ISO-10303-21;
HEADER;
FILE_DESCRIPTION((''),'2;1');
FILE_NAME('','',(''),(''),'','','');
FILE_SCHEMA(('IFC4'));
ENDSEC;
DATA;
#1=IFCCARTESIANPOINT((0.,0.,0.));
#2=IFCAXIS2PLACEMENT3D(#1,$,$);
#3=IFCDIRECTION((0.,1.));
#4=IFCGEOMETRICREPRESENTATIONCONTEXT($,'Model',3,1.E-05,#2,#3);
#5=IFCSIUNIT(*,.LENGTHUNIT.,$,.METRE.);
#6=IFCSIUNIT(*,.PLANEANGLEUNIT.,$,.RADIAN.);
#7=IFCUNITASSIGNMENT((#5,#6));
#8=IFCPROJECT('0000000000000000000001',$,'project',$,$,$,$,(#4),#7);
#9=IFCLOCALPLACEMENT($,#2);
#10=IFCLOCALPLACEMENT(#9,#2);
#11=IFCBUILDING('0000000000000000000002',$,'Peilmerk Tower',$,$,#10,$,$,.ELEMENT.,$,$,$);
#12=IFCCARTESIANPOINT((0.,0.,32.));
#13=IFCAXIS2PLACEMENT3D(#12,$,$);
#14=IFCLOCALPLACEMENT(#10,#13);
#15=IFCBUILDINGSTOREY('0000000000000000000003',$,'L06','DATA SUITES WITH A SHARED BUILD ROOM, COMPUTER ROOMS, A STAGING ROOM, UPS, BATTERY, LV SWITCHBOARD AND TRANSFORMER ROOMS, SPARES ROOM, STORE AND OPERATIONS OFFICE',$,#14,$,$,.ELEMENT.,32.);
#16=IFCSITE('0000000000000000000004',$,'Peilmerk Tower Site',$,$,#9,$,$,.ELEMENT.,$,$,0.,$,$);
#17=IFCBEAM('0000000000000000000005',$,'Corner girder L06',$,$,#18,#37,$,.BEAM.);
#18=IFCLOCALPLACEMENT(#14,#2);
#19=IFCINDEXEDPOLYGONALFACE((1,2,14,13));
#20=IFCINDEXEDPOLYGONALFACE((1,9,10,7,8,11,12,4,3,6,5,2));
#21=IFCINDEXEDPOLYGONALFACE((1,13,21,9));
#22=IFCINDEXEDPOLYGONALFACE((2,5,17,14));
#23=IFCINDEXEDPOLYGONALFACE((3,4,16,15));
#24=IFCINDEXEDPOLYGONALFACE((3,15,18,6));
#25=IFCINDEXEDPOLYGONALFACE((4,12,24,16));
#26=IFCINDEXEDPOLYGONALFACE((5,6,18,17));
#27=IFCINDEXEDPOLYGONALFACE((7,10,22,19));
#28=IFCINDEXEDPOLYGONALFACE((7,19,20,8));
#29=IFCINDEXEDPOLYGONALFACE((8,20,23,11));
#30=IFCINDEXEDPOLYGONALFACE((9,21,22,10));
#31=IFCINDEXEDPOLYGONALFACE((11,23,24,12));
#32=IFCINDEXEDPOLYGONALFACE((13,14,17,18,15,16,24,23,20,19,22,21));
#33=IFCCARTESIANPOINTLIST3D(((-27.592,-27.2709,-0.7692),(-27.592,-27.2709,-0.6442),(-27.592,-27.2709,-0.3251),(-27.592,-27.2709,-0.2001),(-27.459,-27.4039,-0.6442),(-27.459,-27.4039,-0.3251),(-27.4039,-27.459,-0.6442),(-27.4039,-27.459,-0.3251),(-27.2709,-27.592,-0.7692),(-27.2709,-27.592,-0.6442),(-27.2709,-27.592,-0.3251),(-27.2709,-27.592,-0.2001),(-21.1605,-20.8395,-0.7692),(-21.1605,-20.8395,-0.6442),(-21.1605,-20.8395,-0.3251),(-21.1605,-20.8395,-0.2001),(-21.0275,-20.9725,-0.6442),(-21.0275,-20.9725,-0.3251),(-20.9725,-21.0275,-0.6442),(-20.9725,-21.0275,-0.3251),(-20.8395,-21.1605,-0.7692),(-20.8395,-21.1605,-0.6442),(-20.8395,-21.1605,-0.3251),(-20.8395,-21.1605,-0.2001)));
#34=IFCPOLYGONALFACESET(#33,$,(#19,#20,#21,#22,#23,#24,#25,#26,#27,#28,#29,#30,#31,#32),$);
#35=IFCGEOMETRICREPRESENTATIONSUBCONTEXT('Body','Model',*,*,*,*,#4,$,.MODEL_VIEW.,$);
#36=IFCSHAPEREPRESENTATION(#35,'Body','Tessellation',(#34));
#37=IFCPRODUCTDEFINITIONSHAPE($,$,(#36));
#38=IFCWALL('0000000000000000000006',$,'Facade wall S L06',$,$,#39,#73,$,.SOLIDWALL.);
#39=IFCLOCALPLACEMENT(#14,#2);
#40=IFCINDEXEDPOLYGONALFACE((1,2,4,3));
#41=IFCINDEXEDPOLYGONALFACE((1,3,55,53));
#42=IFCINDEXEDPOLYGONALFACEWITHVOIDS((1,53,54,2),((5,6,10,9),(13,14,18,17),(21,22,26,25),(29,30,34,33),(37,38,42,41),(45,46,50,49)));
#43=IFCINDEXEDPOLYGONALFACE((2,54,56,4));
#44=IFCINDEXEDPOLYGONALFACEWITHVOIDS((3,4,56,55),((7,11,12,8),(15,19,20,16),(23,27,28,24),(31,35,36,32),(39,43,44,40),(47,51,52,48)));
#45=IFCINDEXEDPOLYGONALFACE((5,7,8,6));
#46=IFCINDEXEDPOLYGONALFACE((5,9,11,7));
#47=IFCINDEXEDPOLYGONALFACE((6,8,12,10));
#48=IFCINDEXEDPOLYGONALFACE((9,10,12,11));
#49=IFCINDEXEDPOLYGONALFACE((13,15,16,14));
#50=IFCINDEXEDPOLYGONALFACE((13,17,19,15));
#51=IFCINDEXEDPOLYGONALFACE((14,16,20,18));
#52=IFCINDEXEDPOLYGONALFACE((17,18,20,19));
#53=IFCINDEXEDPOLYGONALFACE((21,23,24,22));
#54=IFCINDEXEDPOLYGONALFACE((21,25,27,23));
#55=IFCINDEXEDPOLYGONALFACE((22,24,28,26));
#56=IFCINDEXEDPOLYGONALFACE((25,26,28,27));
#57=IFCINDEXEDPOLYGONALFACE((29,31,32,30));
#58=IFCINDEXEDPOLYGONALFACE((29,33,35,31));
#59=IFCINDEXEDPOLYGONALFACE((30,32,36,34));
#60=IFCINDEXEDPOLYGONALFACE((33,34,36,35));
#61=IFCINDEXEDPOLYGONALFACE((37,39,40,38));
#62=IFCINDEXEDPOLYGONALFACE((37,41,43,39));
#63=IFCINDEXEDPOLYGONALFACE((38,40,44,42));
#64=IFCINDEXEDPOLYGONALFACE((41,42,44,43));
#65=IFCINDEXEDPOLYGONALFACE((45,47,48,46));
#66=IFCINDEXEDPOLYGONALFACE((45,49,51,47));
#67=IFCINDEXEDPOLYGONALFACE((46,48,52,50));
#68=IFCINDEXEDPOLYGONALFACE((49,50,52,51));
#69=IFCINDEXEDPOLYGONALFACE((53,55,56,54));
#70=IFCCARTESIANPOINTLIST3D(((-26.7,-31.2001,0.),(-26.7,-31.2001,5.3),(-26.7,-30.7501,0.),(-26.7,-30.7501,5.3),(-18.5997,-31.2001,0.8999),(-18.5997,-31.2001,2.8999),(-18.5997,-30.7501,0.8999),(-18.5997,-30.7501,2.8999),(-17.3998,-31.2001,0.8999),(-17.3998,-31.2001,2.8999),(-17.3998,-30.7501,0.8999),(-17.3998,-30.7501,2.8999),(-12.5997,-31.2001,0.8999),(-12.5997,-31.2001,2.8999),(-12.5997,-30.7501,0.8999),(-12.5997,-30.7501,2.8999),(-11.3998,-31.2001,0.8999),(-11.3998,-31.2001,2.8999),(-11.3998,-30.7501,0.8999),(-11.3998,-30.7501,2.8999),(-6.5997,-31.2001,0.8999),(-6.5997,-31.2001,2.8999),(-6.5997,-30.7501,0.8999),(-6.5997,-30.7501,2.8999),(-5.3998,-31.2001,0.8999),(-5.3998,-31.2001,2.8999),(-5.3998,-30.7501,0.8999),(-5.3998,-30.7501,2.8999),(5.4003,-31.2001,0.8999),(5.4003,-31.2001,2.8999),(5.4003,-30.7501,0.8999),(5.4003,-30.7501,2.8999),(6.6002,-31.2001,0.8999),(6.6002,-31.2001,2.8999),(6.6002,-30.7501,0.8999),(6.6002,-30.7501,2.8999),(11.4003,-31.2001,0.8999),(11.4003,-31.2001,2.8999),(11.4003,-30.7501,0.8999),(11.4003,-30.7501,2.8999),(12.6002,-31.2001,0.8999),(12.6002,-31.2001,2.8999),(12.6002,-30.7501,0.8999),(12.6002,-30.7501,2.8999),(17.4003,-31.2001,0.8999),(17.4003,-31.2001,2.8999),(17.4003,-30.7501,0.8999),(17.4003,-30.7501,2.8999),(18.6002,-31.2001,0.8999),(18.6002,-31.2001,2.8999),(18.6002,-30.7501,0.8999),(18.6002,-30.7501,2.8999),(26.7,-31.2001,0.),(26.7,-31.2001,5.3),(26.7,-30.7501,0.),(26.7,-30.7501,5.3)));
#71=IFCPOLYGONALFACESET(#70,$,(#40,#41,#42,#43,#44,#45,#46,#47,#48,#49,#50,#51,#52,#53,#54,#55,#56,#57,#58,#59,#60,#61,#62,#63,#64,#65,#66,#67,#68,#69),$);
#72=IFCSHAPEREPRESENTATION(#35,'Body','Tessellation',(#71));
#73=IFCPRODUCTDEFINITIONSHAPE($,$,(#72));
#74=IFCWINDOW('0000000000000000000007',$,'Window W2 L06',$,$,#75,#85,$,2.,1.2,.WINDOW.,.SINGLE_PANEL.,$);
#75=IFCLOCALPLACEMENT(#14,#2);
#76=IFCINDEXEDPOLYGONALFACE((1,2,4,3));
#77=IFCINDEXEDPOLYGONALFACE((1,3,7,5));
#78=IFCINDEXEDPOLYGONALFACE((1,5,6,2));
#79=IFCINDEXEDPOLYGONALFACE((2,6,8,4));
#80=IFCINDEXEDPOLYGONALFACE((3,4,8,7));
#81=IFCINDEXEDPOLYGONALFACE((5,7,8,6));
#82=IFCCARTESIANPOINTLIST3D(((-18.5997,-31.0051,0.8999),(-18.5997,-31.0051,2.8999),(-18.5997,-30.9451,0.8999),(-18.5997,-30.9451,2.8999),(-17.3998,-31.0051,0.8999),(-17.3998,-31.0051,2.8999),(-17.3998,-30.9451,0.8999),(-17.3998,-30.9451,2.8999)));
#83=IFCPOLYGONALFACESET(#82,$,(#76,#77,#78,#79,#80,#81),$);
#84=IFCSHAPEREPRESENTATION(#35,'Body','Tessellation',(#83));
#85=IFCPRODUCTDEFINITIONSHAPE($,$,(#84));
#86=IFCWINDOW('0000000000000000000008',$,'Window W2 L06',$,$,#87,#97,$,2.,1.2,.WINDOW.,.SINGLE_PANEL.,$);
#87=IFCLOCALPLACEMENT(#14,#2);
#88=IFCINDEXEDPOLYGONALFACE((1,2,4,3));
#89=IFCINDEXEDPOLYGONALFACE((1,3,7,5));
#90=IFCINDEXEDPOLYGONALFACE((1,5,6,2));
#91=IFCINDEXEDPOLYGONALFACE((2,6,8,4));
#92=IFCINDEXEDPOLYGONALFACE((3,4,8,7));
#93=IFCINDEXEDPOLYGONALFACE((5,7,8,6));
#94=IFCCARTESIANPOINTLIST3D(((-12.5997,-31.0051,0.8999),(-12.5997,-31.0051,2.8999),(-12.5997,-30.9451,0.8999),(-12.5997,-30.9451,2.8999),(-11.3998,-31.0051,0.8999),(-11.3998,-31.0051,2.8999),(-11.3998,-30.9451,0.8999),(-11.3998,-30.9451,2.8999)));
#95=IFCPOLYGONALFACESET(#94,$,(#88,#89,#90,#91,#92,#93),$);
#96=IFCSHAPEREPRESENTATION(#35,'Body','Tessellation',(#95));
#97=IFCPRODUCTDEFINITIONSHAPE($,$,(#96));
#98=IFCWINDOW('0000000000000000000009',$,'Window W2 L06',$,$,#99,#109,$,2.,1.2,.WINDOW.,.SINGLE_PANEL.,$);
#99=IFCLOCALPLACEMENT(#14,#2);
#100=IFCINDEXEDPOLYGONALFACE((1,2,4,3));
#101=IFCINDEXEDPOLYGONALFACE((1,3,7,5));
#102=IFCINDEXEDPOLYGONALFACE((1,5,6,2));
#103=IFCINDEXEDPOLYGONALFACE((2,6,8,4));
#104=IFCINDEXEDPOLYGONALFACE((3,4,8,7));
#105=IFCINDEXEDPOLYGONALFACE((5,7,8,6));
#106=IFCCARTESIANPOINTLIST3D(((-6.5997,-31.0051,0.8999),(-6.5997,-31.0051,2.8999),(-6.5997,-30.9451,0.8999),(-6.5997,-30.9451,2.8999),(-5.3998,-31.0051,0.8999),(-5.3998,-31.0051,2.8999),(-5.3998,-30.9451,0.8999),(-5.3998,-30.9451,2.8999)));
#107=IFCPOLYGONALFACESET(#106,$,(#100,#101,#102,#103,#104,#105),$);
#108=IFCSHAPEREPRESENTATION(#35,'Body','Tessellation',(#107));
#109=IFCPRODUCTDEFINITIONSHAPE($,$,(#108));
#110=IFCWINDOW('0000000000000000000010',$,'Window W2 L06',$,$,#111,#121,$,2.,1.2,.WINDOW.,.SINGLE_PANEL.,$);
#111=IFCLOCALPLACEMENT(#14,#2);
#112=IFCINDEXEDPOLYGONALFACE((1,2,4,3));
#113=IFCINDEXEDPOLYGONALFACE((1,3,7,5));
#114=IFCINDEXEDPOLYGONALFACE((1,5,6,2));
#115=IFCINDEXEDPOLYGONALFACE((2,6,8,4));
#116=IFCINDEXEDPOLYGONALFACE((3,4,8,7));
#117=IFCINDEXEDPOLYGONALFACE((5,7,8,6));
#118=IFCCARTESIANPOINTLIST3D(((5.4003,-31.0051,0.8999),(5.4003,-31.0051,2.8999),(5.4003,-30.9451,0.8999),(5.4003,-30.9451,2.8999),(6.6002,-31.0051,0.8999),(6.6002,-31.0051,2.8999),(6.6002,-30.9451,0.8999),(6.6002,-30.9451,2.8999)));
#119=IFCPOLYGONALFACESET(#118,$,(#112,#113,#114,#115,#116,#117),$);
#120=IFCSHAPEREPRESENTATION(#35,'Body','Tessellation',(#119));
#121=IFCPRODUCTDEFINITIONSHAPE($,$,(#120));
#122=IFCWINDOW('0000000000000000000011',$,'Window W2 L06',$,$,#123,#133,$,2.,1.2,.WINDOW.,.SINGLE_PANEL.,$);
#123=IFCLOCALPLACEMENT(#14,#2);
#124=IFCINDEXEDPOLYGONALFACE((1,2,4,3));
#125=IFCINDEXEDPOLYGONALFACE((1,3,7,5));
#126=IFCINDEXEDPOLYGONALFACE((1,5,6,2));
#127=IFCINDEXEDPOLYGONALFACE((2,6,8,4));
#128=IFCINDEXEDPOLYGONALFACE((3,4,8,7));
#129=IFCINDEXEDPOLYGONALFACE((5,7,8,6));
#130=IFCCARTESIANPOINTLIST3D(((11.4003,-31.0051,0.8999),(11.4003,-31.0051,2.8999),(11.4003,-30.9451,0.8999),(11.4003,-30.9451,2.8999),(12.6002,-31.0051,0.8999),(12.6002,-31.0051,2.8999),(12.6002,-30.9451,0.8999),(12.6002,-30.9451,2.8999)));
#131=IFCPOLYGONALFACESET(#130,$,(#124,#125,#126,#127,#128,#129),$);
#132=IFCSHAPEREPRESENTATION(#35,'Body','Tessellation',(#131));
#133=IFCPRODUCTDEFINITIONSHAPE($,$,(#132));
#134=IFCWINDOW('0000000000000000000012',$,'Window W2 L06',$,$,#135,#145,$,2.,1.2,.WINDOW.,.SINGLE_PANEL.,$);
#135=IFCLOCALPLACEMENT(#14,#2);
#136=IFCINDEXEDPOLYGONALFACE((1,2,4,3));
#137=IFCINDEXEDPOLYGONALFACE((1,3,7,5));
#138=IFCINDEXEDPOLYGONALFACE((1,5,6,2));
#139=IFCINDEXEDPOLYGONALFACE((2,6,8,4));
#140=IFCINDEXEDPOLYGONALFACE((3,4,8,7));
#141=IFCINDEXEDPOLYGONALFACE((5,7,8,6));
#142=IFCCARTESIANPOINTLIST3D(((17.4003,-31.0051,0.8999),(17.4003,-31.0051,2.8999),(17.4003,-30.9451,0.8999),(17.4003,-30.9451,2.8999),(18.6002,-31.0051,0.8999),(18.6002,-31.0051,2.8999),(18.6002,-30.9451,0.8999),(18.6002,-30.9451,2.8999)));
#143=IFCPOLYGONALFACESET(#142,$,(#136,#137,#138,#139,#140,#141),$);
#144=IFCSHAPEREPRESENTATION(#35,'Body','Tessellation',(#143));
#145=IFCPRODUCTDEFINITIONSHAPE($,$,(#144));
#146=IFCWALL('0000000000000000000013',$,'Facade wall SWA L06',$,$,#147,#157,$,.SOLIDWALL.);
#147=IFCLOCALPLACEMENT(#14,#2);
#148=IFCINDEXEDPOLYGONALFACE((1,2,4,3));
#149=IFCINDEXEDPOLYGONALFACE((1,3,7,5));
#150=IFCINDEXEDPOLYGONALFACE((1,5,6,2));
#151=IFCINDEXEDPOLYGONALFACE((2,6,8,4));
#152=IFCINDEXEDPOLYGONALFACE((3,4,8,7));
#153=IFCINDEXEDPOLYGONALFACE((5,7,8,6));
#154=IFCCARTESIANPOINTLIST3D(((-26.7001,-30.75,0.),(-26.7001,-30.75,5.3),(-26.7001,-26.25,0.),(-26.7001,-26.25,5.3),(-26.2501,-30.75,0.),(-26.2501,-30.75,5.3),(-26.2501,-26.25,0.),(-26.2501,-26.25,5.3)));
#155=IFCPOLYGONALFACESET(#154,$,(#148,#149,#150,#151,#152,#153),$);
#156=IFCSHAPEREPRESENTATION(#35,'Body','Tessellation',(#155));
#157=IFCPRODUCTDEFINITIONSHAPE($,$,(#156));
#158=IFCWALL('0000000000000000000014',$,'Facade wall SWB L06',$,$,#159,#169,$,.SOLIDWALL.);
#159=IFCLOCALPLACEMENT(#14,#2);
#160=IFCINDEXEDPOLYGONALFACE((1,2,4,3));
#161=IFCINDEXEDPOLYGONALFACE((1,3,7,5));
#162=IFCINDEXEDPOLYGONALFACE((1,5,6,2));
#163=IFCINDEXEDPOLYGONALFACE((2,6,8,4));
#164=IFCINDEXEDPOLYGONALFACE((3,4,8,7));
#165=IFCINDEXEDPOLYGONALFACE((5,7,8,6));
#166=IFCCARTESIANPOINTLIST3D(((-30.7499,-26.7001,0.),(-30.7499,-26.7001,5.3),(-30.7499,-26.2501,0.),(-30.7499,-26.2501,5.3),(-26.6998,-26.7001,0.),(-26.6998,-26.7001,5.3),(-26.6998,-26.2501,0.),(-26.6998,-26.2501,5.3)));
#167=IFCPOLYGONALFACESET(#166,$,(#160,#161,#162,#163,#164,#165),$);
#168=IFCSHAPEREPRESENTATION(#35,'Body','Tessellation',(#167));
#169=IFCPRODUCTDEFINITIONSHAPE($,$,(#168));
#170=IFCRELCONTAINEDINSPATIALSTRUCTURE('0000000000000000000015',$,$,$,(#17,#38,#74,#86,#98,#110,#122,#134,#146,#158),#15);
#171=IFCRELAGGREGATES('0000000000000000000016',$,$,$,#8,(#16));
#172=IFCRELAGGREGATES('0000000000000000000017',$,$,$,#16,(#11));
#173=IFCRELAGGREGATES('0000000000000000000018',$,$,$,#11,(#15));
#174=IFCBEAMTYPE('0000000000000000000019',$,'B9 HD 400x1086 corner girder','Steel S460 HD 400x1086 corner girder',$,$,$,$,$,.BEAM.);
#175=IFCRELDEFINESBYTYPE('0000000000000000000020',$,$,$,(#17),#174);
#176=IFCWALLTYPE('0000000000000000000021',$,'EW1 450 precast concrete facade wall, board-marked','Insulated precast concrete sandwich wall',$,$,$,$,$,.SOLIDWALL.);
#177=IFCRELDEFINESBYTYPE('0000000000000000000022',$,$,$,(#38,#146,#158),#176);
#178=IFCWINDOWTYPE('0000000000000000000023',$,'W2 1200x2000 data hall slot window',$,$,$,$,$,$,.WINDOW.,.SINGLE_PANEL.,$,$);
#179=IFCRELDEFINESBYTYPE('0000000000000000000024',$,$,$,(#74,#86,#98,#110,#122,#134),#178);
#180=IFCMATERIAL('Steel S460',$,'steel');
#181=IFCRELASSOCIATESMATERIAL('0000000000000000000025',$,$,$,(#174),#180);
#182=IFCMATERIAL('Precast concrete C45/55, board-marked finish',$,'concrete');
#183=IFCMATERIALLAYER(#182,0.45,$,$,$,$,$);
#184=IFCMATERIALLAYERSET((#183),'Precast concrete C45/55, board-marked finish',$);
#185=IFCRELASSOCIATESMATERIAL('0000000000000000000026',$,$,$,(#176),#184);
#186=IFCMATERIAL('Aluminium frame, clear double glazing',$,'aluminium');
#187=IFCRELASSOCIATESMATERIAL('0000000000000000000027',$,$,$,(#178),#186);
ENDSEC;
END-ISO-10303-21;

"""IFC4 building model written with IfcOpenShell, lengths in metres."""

from ifc_helpers import new_model, si_unit, direction, frame, frame_2d, origin, origin_2d, place, context, subcontext, project, spatial, rectangle, i_section, extrude, material, layer, layer_set, material_profile, profile_set, type_object, element, fill, save


model = new_model("IFC4")

# Units and contexts
model_context = context("Model", 3, precision=1e-05, world=origin(), true_north=direction((0.0, 1.0)))
body_context = subcontext(model_context, "Body", "Model", "MODEL_VIEW")
ifc_project = project(units=[si_unit("LENGTHUNIT", "METRE"), si_unit("PLANEANGLEUNIT", "RADIAN")], contexts=[model_context])

# Site, building, storey
site_placement = place(None, origin())
site = spatial("IfcSite", under=ifc_project, at=site_placement, Name="Peilmerk Tower Site", CompositionType="ELEMENT", RefElevation=0.0)
building_placement = place(site_placement, origin())
building = spatial("IfcBuilding", under=site, at=building_placement, Name="Peilmerk Tower", CompositionType="ELEMENT")
storey_placement = place(building_placement, frame((0.0, 0.0, 32.0)))
storey = spatial("IfcBuildingStorey", under=building, at=storey_placement, Name="L06", Description="DATA SUITES WITH A SHARED BUILD ROOM, COMPUTER ROOMS, A STAGING ROOM, UPS, BATTERY, LV SWITCHBOARD AND TRANSFORMER ROOMS, SPARES ROOM, STORE AND OPERATIONS OFFICE", CompositionType="ELEMENT", Elevation=32.0)

# Beam
ifc_material_1 = material(Name="Steel S460", Category="steel")
ifc_material_profile_1 = material_profile(ifc_material_1, i_section(OverallWidth=0.4541, OverallDepth=0.5691, WebThickness=0.0779, FlangeThickness=0.125, at=origin_2d()), Name="HD 400x1086")
ifc_profile_set_1 = profile_set([ifc_material_profile_1], Name="Steel S460")
beam_type_1 = type_object("IfcBeamType", Name="B9 HD 400x1086 corner girder", Description="Steel S460 HD 400x1086 corner girder", PredefinedType="BEAM", material=ifc_profile_set_1)
beam_1_placement = place(storey_placement, frame((-21.0, -21.0, -0.4846), z_axis=(-0.707107, -0.707107, 0.0), x_axis=(0.707107, -0.707107, 0.0)))
element("IfcBeam", 1, at=beam_1_placement, inside=storey, type_object=beam_type_1, Name="Corner girder L06", PredefinedType="BEAM", context=body_context, shape_type="SweptSolid", body=[
    extrude(i_section(OverallWidth=0.4541, OverallDepth=0.5691, WebThickness=0.0779, FlangeThickness=0.125, at=origin_2d()), origin(), (0.0, 0.0, 1.0), 9.0955),
])

# Wall, openings, windows
ifc_material_2 = material(Name="Precast concrete C45/55, board-marked finish", Category="concrete")
ifc_layer = layer(ifc_material_2, 0.45)
ifc_layer_set = layer_set([ifc_layer], Name="Precast concrete C45/55, board-marked finish")
wall_type = type_object("IfcWallType", Name="EW1 450 precast concrete facade wall, board-marked", Description="Insulated precast concrete sandwich wall", PredefinedType="SOLIDWALL", material=ifc_layer_set)
wall_1_placement = place(storey_placement, frame((-26.7, -30.9751, 0.0), z_axis=(0.0, 0.0, 1.0), x_axis=(1.0, 0.0, 0.0)))
wall_1 = element("IfcWall", 2, at=wall_1_placement, inside=storey, type_object=wall_type, Name="Facade wall S L06", PredefinedType="SOLIDWALL", context=body_context, shape_type="SweptSolid", body=[
    extrude(rectangle(XDim=53.3999, YDim=0.45, at=frame_2d((26.7, 0.0))), origin(), (0.0, 0.0, 1.0), 5.3),
])
opening_1_placement = place(wall_1_placement, frame((8.1001, 0.0, 0.8999)))
opening_1 = element("IfcOpeningElement", 3, at=opening_1_placement, cuts=wall_1, PredefinedType="OPENING", context=body_context, shape_type="SweptSolid", body=[
    extrude(rectangle(XDim=1.2, YDim=2.0, at=frame_2d((0.6001, 1.0))), frame((0.0, 0.2349, 0.0), z_axis=(0.0, -1.0, 0.0), x_axis=(1.0, 0.0, 0.0)), (0.0, 0.0, 1.0), 0.47),
])
opening_2_placement = place(wall_1_placement, frame((14.1001, 0.0, 0.8999)))
opening_2 = element("IfcOpeningElement", 4, at=opening_2_placement, cuts=wall_1, PredefinedType="OPENING", context=body_context, shape_type="SweptSolid", body=[
    extrude(rectangle(XDim=1.2, YDim=2.0, at=frame_2d((0.6001, 1.0))), frame((0.0, 0.2349, 0.0), z_axis=(0.0, -1.0, 0.0), x_axis=(1.0, 0.0, 0.0)), (0.0, 0.0, 1.0), 0.47),
])
opening_3_placement = place(wall_1_placement, frame((20.1001, 0.0, 0.8999)))
opening_3 = element("IfcOpeningElement", 5, at=opening_3_placement, cuts=wall_1, PredefinedType="OPENING", context=body_context, shape_type="SweptSolid", body=[
    extrude(rectangle(XDim=1.2, YDim=2.0, at=frame_2d((0.6001, 1.0))), frame((0.0, 0.2349, 0.0), z_axis=(0.0, -1.0, 0.0), x_axis=(1.0, 0.0, 0.0)), (0.0, 0.0, 1.0), 0.47),
])
opening_4_placement = place(wall_1_placement, frame((32.1001, 0.0, 0.8999)))
opening_4 = element("IfcOpeningElement", 6, at=opening_4_placement, cuts=wall_1, PredefinedType="OPENING", context=body_context, shape_type="SweptSolid", body=[
    extrude(rectangle(XDim=1.2, YDim=2.0, at=frame_2d((0.6001, 1.0))), frame((0.0, 0.2349, 0.0), z_axis=(0.0, -1.0, 0.0), x_axis=(1.0, 0.0, 0.0)), (0.0, 0.0, 1.0), 0.47),
])
opening_5_placement = place(wall_1_placement, frame((38.1001, 0.0, 0.8999)))
opening_5 = element("IfcOpeningElement", 7, at=opening_5_placement, cuts=wall_1, PredefinedType="OPENING", context=body_context, shape_type="SweptSolid", body=[
    extrude(rectangle(XDim=1.2, YDim=2.0, at=frame_2d((0.6001, 1.0))), frame((0.0, 0.2349, 0.0), z_axis=(0.0, -1.0, 0.0), x_axis=(1.0, 0.0, 0.0)), (0.0, 0.0, 1.0), 0.47),
])
opening_6_placement = place(wall_1_placement, frame((44.1001, 0.0, 0.8999)))
opening_6 = element("IfcOpeningElement", 8, at=opening_6_placement, cuts=wall_1, PredefinedType="OPENING", context=body_context, shape_type="SweptSolid", body=[
    extrude(rectangle(XDim=1.2, YDim=2.0, at=frame_2d((0.6001, 1.0))), frame((0.0, 0.2349, 0.0), z_axis=(0.0, -1.0, 0.0), x_axis=(1.0, 0.0, 0.0)), (0.0, 0.0, 1.0), 0.47),
])
ifc_material_3 = material(Name="Aluminium frame, clear double glazing", Category="aluminium")
window_type = type_object("IfcWindowType", Name="W2 1200x2000 data hall slot window", PartitioningType="SINGLE_PANEL", PredefinedType="WINDOW", material=ifc_material_3)
window_1_placement = place(opening_1_placement, origin())
window_1 = element("IfcWindow", 9, at=window_1_placement, inside=storey, type_object=window_type, Name="Window W2 L06", OverallHeight=2.0, OverallWidth=1.2, PartitioningType="SINGLE_PANEL", PredefinedType="WINDOW", context=body_context, shape_type="SweptSolid", body=[
    extrude(rectangle(XDim=1.2, YDim=2.0, at=frame_2d((0.6001, 1.0))), frame((0.0, 0.03, 0.0), z_axis=(0.0, -1.0, 0.0), x_axis=(1.0, 0.0, 0.0)), (0.0, 0.0, 1.0), 0.0601),
])
fill(opening_1, window_1)
window_2_placement = place(opening_2_placement, origin())
window_2 = element("IfcWindow", 10, at=window_2_placement, inside=storey, type_object=window_type, Name="Window W2 L06", OverallHeight=2.0, OverallWidth=1.2, PartitioningType="SINGLE_PANEL", PredefinedType="WINDOW", context=body_context, shape_type="SweptSolid", body=[
    extrude(rectangle(XDim=1.2, YDim=2.0, at=frame_2d((0.6001, 1.0))), frame((0.0, 0.03, 0.0), z_axis=(0.0, -1.0, 0.0), x_axis=(1.0, 0.0, 0.0)), (0.0, 0.0, 1.0), 0.0601),
])
fill(opening_2, window_2)
window_3_placement = place(opening_3_placement, origin())
window_3 = element("IfcWindow", 11, at=window_3_placement, inside=storey, type_object=window_type, Name="Window W2 L06", OverallHeight=2.0, OverallWidth=1.2, PartitioningType="SINGLE_PANEL", PredefinedType="WINDOW", context=body_context, shape_type="SweptSolid", body=[
    extrude(rectangle(XDim=1.2, YDim=2.0, at=frame_2d((0.6001, 1.0))), frame((0.0, 0.03, 0.0), z_axis=(0.0, -1.0, 0.0), x_axis=(1.0, 0.0, 0.0)), (0.0, 0.0, 1.0), 0.0601),
])
fill(opening_3, window_3)
window_4_placement = place(opening_4_placement, origin())
window_4 = element("IfcWindow", 12, at=window_4_placement, inside=storey, type_object=window_type, Name="Window W2 L06", OverallHeight=2.0, OverallWidth=1.2, PartitioningType="SINGLE_PANEL", PredefinedType="WINDOW", context=body_context, shape_type="SweptSolid", body=[
    extrude(rectangle(XDim=1.2, YDim=2.0, at=frame_2d((0.6001, 1.0))), frame((0.0, 0.03, 0.0), z_axis=(0.0, -1.0, 0.0), x_axis=(1.0, 0.0, 0.0)), (0.0, 0.0, 1.0), 0.0601),
])
fill(opening_4, window_4)
window_5_placement = place(opening_5_placement, origin())
window_5 = element("IfcWindow", 13, at=window_5_placement, inside=storey, type_object=window_type, Name="Window W2 L06", OverallHeight=2.0, OverallWidth=1.2, PartitioningType="SINGLE_PANEL", PredefinedType="WINDOW", context=body_context, shape_type="SweptSolid", body=[
    extrude(rectangle(XDim=1.2, YDim=2.0, at=frame_2d((0.6001, 1.0))), frame((0.0, 0.03, 0.0), z_axis=(0.0, -1.0, 0.0), x_axis=(1.0, 0.0, 0.0)), (0.0, 0.0, 1.0), 0.0601),
])
fill(opening_5, window_5)
window_6_placement = place(opening_6_placement, origin())
window_6 = element("IfcWindow", 14, at=window_6_placement, inside=storey, type_object=window_type, Name="Window W2 L06", OverallHeight=2.0, OverallWidth=1.2, PartitioningType="SINGLE_PANEL", PredefinedType="WINDOW", context=body_context, shape_type="SweptSolid", body=[
    extrude(rectangle(XDim=1.2, YDim=2.0, at=frame_2d((0.6001, 1.0))), frame((0.0, 0.03, 0.0), z_axis=(0.0, -1.0, 0.0), x_axis=(1.0, 0.0, 0.0)), (0.0, 0.0, 1.0), 0.0601),
])
fill(opening_6, window_6)

# Walls
wall_2_placement = place(storey_placement, frame((-26.4751, -26.25, 0.0), z_axis=(0.0, 0.0, 1.0), x_axis=(0.0, -1.0, 0.0)))
element("IfcWall", 15, at=wall_2_placement, inside=storey, type_object=wall_type, Name="Facade wall SWA L06", PredefinedType="SOLIDWALL", context=body_context, shape_type="SweptSolid", body=[
    extrude(rectangle(XDim=4.5, YDim=0.45, at=frame_2d((2.25, 0.0))), origin(), (0.0, 0.0, 1.0), 5.3),
])
wall_3_placement = place(storey_placement, frame((-26.7, -26.4751, 0.0), z_axis=(0.0, 0.0, 1.0), x_axis=(-1.0, 0.0, 0.0)))
element("IfcWall", 16, at=wall_3_placement, inside=storey, type_object=wall_type, Name="Facade wall SWB L06", PredefinedType="SOLIDWALL", context=body_context, shape_type="SweptSolid", body=[
    extrude(rectangle(XDim=4.05, YDim=0.45, at=frame_2d((2.0249, 0.0))), origin(), (0.0, 0.0, 1.0), 5.3),
])

save(model, "model.ifc")
